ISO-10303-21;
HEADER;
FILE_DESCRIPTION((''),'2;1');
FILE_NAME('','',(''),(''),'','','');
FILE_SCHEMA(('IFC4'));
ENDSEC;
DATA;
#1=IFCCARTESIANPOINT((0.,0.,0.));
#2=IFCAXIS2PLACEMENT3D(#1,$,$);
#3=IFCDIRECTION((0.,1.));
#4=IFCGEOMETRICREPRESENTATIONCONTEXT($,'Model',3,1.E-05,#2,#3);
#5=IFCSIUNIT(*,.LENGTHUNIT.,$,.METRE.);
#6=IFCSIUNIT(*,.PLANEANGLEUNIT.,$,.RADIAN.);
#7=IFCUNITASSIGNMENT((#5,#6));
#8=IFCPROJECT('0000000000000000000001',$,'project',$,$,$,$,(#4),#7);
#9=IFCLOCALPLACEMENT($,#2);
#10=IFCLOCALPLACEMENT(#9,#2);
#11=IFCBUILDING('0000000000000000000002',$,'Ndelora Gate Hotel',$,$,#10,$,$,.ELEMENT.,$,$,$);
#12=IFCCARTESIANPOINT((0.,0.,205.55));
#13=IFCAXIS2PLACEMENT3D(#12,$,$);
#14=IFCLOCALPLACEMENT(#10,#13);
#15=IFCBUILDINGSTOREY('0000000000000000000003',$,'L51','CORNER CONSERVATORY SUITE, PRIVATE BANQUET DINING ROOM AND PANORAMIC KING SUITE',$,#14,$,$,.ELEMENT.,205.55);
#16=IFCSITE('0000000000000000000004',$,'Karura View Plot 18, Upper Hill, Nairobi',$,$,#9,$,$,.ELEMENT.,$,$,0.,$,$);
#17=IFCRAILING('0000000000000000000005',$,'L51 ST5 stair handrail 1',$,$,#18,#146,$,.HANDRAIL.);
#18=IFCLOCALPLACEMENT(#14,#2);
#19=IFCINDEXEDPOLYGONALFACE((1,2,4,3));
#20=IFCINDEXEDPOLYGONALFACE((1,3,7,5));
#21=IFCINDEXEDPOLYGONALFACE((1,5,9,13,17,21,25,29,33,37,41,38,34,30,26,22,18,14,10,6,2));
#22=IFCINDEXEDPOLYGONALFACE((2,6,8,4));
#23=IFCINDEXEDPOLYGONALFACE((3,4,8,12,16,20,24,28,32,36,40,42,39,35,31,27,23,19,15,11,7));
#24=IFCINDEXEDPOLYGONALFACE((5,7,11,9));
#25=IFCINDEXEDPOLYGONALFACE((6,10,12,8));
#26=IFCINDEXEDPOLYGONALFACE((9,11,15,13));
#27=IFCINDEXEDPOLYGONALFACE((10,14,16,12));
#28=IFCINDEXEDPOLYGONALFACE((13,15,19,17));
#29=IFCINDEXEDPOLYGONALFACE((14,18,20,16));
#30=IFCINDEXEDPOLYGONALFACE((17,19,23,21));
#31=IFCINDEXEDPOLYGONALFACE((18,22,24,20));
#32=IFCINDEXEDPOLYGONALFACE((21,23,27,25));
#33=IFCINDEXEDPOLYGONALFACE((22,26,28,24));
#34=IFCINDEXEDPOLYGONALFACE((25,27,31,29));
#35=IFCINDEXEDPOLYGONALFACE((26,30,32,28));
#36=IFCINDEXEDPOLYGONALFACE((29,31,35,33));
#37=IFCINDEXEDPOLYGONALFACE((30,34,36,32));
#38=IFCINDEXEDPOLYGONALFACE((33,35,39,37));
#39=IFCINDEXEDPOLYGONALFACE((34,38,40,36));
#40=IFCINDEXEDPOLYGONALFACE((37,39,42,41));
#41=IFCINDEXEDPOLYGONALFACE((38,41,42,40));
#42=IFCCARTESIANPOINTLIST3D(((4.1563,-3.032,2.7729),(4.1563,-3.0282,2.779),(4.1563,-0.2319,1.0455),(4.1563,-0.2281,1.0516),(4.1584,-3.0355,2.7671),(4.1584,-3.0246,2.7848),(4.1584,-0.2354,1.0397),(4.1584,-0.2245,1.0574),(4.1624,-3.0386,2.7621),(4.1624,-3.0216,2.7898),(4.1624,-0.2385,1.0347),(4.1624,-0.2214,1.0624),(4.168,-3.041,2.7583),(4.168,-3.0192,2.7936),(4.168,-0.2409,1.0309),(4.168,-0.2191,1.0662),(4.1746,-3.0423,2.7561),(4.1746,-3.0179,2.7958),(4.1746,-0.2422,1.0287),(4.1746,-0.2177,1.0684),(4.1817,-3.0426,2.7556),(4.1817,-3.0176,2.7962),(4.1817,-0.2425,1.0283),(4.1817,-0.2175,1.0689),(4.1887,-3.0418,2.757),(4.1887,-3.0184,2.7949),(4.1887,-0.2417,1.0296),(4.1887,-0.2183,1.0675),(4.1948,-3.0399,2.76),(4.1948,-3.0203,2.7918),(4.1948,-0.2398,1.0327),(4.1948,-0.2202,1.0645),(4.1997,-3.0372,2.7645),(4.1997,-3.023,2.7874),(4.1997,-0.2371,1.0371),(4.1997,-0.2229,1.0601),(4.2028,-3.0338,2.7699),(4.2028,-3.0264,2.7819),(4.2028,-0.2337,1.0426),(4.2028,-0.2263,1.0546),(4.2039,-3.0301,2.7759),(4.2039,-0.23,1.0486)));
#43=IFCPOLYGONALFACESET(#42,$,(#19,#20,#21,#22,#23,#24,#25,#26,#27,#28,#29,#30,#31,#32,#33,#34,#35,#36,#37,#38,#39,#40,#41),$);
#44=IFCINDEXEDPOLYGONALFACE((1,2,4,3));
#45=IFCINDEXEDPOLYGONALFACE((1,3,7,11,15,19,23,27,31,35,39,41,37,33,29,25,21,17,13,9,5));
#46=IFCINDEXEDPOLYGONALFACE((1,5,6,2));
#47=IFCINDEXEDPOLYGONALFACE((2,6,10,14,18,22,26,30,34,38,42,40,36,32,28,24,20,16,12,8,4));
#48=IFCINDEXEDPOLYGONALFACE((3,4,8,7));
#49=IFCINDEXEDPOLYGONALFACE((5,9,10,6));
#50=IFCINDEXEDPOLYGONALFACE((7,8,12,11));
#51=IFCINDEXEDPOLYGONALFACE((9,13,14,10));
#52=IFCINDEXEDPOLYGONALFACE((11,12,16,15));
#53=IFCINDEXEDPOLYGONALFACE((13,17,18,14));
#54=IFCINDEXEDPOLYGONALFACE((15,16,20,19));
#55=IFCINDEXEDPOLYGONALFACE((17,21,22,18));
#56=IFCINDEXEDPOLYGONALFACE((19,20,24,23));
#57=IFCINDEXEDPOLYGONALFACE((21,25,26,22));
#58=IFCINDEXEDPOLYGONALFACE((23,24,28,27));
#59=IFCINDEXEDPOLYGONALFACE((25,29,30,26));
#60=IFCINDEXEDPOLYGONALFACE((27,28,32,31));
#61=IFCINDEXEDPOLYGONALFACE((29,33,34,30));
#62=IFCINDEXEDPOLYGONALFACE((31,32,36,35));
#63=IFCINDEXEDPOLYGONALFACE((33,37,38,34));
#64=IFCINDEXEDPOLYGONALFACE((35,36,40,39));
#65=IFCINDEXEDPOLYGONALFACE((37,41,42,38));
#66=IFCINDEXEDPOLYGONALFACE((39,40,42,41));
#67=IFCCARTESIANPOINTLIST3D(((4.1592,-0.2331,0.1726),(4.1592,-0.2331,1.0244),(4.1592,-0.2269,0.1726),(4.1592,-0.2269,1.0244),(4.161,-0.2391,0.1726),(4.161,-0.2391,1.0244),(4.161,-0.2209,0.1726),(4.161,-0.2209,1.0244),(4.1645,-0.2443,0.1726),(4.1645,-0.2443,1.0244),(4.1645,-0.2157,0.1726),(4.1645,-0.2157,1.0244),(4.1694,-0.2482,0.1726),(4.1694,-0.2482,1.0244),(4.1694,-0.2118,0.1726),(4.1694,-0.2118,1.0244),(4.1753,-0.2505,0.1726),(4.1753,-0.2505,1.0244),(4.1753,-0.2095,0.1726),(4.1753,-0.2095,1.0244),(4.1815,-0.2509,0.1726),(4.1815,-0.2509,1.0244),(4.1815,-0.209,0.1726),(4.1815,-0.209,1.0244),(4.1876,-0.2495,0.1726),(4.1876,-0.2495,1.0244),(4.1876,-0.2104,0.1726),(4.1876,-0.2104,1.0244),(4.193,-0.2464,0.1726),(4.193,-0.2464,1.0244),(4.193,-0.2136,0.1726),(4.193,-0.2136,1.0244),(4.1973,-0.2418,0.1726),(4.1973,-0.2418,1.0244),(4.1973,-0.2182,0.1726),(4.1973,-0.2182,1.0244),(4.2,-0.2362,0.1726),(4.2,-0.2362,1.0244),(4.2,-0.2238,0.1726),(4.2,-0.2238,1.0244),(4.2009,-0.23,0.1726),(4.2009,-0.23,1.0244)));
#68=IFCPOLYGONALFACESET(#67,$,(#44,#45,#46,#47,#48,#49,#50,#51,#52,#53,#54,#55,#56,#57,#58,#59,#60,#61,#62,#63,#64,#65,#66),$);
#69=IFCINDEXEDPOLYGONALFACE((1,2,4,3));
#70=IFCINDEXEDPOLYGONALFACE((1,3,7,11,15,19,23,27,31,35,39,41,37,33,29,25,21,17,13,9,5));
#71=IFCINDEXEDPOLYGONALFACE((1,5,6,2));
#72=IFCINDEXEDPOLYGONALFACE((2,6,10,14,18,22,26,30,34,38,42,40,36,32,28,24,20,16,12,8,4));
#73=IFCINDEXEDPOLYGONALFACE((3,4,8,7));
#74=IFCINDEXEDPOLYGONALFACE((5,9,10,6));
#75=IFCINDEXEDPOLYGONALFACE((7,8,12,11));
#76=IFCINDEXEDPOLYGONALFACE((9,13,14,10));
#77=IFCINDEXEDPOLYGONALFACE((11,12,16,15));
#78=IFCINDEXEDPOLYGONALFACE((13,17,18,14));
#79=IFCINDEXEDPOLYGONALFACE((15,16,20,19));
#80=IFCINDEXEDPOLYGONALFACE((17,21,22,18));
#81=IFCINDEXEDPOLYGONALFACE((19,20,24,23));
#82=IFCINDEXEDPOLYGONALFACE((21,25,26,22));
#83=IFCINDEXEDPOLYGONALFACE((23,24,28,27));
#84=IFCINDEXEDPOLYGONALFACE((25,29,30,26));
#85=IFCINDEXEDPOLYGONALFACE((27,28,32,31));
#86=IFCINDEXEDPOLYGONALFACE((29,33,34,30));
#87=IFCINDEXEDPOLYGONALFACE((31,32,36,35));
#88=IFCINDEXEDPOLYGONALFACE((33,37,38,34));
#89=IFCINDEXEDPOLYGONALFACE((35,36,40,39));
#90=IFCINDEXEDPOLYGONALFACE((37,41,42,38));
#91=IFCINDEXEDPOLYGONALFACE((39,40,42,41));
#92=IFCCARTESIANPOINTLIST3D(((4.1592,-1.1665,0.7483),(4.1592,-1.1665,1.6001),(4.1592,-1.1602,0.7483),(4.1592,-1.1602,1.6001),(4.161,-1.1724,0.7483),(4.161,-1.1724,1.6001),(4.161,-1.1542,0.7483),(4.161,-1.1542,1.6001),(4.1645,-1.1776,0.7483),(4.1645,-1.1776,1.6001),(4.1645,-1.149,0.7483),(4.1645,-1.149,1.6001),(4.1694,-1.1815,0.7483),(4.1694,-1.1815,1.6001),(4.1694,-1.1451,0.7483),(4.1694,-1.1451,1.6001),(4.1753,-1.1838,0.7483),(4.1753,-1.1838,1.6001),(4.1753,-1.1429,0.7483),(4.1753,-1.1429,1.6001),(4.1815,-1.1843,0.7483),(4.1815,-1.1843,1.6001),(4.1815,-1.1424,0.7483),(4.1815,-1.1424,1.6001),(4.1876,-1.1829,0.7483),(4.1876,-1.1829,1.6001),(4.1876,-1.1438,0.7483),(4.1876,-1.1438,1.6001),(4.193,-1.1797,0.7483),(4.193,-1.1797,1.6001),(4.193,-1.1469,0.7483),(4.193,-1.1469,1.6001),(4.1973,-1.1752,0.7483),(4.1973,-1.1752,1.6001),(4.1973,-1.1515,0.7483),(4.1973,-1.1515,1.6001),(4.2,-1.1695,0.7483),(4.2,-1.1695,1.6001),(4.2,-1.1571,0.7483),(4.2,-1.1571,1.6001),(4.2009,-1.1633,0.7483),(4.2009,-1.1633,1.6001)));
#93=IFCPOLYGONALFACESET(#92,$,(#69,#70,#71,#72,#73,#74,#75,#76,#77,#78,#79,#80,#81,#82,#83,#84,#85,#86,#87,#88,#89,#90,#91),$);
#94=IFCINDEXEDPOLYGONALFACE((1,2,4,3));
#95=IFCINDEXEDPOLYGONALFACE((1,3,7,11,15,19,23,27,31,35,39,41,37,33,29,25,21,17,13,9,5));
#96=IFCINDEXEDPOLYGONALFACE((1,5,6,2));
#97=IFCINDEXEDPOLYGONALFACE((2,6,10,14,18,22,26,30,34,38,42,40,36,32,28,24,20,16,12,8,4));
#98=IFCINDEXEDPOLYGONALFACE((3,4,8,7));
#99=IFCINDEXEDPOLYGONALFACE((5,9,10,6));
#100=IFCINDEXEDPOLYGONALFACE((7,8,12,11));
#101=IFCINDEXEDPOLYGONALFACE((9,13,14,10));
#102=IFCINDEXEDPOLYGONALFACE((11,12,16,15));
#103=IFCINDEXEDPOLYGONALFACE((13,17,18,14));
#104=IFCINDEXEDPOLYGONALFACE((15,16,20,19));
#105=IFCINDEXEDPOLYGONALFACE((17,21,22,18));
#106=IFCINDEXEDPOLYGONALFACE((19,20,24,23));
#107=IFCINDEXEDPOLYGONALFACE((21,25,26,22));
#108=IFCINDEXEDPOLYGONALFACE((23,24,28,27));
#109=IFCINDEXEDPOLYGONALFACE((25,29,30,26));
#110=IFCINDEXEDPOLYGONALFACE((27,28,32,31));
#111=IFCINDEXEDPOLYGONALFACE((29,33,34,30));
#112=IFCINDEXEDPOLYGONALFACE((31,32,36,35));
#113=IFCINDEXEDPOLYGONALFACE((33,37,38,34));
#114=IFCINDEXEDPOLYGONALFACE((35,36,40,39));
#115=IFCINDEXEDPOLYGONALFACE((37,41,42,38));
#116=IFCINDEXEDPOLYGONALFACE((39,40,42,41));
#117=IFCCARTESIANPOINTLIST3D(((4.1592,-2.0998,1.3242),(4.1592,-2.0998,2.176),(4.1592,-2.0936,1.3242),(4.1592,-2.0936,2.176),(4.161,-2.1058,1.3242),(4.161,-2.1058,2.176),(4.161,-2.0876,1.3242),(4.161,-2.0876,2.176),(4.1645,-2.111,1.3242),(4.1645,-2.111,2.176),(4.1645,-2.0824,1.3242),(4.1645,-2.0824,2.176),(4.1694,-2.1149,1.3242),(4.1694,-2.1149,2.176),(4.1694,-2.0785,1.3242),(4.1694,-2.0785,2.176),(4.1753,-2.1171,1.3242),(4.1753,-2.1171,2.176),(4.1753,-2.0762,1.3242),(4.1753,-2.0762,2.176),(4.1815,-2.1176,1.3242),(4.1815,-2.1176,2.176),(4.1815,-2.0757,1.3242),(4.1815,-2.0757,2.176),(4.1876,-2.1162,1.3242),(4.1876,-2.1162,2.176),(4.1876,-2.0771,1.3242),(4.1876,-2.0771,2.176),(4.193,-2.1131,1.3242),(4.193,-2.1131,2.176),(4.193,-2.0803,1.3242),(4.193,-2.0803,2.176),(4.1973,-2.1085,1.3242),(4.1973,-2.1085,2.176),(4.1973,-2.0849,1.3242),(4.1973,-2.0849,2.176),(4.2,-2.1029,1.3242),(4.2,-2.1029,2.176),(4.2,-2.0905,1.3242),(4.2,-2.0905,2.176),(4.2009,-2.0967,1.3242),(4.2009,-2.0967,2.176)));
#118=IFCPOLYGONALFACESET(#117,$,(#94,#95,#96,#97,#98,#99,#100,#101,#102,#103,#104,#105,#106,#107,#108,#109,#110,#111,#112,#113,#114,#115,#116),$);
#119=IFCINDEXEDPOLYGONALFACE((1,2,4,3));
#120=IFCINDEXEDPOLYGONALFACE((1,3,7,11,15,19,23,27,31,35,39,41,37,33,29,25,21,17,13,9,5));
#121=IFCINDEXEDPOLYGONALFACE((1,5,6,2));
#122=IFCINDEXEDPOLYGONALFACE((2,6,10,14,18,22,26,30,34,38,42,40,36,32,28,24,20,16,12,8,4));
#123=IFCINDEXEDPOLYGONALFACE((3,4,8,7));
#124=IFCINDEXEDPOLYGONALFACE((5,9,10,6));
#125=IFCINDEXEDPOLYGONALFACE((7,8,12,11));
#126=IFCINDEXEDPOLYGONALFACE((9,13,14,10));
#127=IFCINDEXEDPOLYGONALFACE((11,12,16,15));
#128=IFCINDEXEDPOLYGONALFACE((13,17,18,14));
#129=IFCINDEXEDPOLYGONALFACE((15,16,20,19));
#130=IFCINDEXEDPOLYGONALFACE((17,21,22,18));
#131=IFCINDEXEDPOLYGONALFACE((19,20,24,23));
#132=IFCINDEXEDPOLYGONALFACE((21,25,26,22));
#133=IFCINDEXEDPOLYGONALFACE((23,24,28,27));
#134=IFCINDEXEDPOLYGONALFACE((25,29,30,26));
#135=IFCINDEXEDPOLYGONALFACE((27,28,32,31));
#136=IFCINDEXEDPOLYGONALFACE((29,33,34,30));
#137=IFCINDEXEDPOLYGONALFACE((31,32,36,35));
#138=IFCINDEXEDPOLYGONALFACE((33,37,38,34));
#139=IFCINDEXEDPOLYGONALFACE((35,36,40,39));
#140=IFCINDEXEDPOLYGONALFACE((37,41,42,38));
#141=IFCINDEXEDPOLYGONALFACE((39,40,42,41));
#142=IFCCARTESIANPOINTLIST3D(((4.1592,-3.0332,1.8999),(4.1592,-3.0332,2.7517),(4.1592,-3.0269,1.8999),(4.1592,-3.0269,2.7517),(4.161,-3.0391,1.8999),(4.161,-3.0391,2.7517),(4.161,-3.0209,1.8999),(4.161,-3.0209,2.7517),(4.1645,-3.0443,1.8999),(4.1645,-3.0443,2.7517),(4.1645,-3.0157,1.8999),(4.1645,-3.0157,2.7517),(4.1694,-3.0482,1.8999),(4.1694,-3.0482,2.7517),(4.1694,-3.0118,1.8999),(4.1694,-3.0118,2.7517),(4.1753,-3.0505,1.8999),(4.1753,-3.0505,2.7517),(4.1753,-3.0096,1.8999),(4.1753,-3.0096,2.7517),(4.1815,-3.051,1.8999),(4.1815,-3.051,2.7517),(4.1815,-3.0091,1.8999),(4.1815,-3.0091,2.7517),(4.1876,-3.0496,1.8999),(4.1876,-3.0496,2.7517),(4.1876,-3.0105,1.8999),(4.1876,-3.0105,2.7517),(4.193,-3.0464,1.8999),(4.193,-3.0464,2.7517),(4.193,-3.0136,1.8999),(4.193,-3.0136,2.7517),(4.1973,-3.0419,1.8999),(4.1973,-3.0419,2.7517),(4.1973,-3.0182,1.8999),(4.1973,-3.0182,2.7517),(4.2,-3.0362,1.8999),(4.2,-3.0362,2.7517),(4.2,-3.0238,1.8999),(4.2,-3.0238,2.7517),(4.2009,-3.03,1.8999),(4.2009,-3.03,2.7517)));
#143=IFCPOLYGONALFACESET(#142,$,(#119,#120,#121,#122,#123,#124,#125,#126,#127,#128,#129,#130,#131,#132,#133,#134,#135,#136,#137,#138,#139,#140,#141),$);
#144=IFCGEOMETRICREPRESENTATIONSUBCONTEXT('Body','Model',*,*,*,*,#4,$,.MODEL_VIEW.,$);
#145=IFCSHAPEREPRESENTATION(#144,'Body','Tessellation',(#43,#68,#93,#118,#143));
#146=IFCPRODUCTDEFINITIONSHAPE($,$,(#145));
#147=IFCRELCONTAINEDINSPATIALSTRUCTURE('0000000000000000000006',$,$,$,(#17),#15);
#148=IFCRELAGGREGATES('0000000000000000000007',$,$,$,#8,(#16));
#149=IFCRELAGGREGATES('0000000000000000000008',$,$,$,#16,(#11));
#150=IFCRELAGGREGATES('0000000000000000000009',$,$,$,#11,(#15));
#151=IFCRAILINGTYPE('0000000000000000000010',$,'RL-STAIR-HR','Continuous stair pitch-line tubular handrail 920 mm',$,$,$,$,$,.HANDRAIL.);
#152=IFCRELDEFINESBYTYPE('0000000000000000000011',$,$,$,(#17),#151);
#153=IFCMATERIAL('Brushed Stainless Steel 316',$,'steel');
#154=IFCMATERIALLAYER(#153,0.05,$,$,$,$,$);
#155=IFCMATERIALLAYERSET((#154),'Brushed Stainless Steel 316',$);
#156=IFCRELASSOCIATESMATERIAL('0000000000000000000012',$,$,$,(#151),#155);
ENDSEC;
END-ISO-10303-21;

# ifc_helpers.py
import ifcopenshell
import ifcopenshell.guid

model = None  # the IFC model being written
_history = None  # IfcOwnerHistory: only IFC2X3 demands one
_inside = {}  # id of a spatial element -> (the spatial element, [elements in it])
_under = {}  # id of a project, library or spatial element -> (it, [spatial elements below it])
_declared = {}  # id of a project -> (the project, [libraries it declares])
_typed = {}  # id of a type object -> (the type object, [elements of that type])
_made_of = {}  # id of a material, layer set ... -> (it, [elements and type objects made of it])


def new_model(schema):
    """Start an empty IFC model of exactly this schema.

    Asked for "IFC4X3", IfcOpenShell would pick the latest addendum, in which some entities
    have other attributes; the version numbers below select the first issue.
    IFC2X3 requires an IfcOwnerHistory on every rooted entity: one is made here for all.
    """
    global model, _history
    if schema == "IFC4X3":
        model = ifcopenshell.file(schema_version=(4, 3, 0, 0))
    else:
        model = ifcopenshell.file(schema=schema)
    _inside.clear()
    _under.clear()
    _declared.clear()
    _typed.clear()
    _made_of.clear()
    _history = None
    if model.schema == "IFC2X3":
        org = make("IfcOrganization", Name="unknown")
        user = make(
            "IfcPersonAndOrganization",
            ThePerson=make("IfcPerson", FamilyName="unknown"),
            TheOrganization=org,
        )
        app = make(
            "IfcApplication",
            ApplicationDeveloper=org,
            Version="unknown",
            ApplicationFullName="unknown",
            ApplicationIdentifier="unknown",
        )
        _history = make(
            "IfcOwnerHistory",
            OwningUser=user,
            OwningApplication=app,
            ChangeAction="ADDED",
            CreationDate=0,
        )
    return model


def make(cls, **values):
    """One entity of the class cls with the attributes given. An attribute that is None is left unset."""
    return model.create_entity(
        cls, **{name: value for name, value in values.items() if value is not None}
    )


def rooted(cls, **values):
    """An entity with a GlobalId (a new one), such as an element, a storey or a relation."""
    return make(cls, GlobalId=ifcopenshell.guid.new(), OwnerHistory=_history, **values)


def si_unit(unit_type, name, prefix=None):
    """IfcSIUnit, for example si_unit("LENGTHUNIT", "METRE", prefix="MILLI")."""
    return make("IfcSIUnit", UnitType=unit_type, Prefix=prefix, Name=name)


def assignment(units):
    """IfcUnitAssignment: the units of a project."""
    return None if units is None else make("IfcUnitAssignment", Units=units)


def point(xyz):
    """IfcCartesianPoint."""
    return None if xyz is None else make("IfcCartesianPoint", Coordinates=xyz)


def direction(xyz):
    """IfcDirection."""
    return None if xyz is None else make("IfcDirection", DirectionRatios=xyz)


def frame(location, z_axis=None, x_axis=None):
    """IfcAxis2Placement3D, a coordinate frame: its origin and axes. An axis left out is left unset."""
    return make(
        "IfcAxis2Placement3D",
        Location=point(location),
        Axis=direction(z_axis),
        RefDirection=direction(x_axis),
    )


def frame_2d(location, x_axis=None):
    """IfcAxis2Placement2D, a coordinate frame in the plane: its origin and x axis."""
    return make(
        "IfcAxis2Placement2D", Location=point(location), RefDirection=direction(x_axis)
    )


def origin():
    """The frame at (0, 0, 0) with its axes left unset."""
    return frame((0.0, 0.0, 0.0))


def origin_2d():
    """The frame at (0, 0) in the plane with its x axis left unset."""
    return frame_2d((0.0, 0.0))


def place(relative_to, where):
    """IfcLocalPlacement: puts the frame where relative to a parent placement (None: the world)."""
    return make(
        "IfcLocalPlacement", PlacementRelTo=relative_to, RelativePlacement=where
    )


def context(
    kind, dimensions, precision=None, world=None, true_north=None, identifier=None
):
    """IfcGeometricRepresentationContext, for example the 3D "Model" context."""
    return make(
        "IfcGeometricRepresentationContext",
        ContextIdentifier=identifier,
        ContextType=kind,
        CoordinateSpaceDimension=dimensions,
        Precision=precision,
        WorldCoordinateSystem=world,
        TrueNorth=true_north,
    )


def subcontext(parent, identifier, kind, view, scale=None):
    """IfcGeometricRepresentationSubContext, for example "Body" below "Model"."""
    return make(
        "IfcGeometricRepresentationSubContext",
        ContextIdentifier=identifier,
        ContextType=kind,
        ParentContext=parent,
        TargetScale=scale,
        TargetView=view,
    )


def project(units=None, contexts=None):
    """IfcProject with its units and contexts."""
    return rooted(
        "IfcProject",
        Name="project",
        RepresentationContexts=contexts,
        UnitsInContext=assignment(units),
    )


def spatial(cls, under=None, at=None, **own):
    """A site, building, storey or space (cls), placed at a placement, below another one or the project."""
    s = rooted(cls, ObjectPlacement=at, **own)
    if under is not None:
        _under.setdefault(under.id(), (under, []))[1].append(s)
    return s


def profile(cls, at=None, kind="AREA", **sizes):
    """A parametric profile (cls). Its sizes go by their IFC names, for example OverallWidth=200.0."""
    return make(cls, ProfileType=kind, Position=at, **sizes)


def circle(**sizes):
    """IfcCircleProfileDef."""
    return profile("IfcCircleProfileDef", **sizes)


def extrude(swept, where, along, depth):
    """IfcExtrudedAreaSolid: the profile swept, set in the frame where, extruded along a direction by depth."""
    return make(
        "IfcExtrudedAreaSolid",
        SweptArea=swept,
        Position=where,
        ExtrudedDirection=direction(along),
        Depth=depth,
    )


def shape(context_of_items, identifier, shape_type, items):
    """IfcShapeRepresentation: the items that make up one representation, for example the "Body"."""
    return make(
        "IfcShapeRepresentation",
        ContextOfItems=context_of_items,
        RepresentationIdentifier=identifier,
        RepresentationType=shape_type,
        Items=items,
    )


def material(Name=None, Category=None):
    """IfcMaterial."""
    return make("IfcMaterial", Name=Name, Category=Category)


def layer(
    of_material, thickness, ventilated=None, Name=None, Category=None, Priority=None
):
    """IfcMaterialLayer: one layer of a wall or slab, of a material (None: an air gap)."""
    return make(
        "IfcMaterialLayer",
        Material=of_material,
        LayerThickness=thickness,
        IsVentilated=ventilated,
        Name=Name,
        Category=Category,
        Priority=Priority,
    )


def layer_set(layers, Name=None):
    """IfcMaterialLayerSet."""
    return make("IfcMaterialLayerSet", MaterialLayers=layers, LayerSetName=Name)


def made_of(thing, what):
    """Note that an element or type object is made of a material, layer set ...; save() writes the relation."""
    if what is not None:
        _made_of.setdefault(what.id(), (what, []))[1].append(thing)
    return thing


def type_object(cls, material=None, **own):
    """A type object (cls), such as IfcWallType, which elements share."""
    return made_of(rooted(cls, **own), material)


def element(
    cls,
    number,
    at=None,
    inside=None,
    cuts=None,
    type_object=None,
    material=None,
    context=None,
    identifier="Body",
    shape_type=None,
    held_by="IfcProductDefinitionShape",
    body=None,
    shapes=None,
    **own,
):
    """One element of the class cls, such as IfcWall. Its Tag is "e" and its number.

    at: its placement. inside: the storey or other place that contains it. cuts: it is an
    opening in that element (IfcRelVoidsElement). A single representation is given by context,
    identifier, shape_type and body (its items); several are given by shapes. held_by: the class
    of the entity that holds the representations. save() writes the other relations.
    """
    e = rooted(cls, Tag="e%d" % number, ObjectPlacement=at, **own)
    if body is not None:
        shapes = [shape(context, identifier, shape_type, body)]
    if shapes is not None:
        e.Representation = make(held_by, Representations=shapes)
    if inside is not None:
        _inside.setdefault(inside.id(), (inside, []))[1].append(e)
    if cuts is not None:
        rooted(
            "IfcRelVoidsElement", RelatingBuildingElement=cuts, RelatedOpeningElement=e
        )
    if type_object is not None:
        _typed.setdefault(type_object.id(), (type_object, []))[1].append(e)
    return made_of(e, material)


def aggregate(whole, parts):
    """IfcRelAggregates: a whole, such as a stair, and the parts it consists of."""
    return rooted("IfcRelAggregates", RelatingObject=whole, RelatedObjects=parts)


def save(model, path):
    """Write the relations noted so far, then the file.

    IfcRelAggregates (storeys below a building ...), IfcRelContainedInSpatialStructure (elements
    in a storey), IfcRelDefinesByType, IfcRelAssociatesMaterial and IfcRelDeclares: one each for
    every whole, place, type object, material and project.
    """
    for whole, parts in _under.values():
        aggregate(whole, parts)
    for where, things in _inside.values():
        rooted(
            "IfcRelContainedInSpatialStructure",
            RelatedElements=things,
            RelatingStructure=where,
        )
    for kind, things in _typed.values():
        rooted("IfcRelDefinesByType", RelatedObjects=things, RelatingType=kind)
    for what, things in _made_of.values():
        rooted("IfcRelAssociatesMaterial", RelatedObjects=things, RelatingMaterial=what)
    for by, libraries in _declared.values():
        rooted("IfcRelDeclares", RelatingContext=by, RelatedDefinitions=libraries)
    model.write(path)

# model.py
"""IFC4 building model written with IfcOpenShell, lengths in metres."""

from ifc_helpers import new_model, si_unit, direction, frame, origin, origin_2d, place, context, subcontext, project, spatial, circle, extrude, material, layer, layer_set, type_object, element, save


model = new_model("IFC4")

# Units and contexts
model_context = context("Model", 3, precision=1e-05, world=origin(), true_north=direction((0.0, 1.0)))
body_context = subcontext(model_context, "Body", "Model", "MODEL_VIEW")
ifc_project = project(units=[si_unit("LENGTHUNIT", "METRE"), si_unit("PLANEANGLEUNIT", "RADIAN")], contexts=[model_context])

# Site, building, storey
site_placement = place(None, origin())
site = spatial("IfcSite", under=ifc_project, at=site_placement, Name="Karura View Plot 18, Upper Hill, Nairobi", CompositionType="ELEMENT", RefElevation=0.0)
building_placement = place(site_placement, origin())
building = spatial("IfcBuilding", under=site, at=building_placement, Name="Ndelora Gate Hotel", CompositionType="ELEMENT")
storey_placement = place(building_placement, frame((0.0, 0.0, 205.55)))
storey = spatial("IfcBuildingStorey", under=building, at=storey_placement, Name="L51", Description="CORNER CONSERVATORY SUITE, PRIVATE BANQUET DINING ROOM AND PANORAMIC KING SUITE", CompositionType="ELEMENT", Elevation=205.55)

# Railing
ifc_material_1 = material(Name="Brushed Stainless Steel 316", Category="steel")
ifc_layer_1 = layer(ifc_material_1, 0.05)
ifc_layer_set_1 = layer_set([ifc_layer_1], Name="Brushed Stainless Steel 316")
railing_type_1 = type_object("IfcRailingType", Name="RL-STAIR-HR", Description="Continuous stair pitch-line tubular handrail 920 mm", PredefinedType="HANDRAIL", material=ifc_layer_set_1)
railing_1_placement = place(storey_placement, frame((4.1799, -0.23, 0.1726)))
element("IfcRailing", 1, at=railing_1_placement, inside=storey, type_object=railing_type_1, Name="L51 ST5 stair handrail 1", PredefinedType="HANDRAIL", context=body_context, shape_type="SweptSolid", body=[
    extrude(circle(Radius=0.0239, at=origin_2d()), frame((0.0, 0.0, 0.876), z_axis=(0.0, -0.85109, 0.52502), x_axis=(1.0, 0.0, 0.0)), (0.0, 0.0, 1.0), 3.29),
    extrude(circle(Radius=0.021, at=origin_2d()), origin(), (0.0, 0.0, 1.0), 0.8518),
    extrude(circle(Radius=0.021, at=origin_2d()), frame((0.0, -0.9333, 0.5757)), (0.0, 0.0, 1.0), 0.8518),
    extrude(circle(Radius=0.021, at=origin_2d()), frame((0.0, -1.8667, 1.1516)), (0.0, 0.0, 1.0), 0.8518),
    extrude(circle(Radius=0.021, at=origin_2d()), frame((0.0, -2.8, 1.7273)), (0.0, 0.0, 1.0), 0.8518),
])

save(model, "model.ifc")
